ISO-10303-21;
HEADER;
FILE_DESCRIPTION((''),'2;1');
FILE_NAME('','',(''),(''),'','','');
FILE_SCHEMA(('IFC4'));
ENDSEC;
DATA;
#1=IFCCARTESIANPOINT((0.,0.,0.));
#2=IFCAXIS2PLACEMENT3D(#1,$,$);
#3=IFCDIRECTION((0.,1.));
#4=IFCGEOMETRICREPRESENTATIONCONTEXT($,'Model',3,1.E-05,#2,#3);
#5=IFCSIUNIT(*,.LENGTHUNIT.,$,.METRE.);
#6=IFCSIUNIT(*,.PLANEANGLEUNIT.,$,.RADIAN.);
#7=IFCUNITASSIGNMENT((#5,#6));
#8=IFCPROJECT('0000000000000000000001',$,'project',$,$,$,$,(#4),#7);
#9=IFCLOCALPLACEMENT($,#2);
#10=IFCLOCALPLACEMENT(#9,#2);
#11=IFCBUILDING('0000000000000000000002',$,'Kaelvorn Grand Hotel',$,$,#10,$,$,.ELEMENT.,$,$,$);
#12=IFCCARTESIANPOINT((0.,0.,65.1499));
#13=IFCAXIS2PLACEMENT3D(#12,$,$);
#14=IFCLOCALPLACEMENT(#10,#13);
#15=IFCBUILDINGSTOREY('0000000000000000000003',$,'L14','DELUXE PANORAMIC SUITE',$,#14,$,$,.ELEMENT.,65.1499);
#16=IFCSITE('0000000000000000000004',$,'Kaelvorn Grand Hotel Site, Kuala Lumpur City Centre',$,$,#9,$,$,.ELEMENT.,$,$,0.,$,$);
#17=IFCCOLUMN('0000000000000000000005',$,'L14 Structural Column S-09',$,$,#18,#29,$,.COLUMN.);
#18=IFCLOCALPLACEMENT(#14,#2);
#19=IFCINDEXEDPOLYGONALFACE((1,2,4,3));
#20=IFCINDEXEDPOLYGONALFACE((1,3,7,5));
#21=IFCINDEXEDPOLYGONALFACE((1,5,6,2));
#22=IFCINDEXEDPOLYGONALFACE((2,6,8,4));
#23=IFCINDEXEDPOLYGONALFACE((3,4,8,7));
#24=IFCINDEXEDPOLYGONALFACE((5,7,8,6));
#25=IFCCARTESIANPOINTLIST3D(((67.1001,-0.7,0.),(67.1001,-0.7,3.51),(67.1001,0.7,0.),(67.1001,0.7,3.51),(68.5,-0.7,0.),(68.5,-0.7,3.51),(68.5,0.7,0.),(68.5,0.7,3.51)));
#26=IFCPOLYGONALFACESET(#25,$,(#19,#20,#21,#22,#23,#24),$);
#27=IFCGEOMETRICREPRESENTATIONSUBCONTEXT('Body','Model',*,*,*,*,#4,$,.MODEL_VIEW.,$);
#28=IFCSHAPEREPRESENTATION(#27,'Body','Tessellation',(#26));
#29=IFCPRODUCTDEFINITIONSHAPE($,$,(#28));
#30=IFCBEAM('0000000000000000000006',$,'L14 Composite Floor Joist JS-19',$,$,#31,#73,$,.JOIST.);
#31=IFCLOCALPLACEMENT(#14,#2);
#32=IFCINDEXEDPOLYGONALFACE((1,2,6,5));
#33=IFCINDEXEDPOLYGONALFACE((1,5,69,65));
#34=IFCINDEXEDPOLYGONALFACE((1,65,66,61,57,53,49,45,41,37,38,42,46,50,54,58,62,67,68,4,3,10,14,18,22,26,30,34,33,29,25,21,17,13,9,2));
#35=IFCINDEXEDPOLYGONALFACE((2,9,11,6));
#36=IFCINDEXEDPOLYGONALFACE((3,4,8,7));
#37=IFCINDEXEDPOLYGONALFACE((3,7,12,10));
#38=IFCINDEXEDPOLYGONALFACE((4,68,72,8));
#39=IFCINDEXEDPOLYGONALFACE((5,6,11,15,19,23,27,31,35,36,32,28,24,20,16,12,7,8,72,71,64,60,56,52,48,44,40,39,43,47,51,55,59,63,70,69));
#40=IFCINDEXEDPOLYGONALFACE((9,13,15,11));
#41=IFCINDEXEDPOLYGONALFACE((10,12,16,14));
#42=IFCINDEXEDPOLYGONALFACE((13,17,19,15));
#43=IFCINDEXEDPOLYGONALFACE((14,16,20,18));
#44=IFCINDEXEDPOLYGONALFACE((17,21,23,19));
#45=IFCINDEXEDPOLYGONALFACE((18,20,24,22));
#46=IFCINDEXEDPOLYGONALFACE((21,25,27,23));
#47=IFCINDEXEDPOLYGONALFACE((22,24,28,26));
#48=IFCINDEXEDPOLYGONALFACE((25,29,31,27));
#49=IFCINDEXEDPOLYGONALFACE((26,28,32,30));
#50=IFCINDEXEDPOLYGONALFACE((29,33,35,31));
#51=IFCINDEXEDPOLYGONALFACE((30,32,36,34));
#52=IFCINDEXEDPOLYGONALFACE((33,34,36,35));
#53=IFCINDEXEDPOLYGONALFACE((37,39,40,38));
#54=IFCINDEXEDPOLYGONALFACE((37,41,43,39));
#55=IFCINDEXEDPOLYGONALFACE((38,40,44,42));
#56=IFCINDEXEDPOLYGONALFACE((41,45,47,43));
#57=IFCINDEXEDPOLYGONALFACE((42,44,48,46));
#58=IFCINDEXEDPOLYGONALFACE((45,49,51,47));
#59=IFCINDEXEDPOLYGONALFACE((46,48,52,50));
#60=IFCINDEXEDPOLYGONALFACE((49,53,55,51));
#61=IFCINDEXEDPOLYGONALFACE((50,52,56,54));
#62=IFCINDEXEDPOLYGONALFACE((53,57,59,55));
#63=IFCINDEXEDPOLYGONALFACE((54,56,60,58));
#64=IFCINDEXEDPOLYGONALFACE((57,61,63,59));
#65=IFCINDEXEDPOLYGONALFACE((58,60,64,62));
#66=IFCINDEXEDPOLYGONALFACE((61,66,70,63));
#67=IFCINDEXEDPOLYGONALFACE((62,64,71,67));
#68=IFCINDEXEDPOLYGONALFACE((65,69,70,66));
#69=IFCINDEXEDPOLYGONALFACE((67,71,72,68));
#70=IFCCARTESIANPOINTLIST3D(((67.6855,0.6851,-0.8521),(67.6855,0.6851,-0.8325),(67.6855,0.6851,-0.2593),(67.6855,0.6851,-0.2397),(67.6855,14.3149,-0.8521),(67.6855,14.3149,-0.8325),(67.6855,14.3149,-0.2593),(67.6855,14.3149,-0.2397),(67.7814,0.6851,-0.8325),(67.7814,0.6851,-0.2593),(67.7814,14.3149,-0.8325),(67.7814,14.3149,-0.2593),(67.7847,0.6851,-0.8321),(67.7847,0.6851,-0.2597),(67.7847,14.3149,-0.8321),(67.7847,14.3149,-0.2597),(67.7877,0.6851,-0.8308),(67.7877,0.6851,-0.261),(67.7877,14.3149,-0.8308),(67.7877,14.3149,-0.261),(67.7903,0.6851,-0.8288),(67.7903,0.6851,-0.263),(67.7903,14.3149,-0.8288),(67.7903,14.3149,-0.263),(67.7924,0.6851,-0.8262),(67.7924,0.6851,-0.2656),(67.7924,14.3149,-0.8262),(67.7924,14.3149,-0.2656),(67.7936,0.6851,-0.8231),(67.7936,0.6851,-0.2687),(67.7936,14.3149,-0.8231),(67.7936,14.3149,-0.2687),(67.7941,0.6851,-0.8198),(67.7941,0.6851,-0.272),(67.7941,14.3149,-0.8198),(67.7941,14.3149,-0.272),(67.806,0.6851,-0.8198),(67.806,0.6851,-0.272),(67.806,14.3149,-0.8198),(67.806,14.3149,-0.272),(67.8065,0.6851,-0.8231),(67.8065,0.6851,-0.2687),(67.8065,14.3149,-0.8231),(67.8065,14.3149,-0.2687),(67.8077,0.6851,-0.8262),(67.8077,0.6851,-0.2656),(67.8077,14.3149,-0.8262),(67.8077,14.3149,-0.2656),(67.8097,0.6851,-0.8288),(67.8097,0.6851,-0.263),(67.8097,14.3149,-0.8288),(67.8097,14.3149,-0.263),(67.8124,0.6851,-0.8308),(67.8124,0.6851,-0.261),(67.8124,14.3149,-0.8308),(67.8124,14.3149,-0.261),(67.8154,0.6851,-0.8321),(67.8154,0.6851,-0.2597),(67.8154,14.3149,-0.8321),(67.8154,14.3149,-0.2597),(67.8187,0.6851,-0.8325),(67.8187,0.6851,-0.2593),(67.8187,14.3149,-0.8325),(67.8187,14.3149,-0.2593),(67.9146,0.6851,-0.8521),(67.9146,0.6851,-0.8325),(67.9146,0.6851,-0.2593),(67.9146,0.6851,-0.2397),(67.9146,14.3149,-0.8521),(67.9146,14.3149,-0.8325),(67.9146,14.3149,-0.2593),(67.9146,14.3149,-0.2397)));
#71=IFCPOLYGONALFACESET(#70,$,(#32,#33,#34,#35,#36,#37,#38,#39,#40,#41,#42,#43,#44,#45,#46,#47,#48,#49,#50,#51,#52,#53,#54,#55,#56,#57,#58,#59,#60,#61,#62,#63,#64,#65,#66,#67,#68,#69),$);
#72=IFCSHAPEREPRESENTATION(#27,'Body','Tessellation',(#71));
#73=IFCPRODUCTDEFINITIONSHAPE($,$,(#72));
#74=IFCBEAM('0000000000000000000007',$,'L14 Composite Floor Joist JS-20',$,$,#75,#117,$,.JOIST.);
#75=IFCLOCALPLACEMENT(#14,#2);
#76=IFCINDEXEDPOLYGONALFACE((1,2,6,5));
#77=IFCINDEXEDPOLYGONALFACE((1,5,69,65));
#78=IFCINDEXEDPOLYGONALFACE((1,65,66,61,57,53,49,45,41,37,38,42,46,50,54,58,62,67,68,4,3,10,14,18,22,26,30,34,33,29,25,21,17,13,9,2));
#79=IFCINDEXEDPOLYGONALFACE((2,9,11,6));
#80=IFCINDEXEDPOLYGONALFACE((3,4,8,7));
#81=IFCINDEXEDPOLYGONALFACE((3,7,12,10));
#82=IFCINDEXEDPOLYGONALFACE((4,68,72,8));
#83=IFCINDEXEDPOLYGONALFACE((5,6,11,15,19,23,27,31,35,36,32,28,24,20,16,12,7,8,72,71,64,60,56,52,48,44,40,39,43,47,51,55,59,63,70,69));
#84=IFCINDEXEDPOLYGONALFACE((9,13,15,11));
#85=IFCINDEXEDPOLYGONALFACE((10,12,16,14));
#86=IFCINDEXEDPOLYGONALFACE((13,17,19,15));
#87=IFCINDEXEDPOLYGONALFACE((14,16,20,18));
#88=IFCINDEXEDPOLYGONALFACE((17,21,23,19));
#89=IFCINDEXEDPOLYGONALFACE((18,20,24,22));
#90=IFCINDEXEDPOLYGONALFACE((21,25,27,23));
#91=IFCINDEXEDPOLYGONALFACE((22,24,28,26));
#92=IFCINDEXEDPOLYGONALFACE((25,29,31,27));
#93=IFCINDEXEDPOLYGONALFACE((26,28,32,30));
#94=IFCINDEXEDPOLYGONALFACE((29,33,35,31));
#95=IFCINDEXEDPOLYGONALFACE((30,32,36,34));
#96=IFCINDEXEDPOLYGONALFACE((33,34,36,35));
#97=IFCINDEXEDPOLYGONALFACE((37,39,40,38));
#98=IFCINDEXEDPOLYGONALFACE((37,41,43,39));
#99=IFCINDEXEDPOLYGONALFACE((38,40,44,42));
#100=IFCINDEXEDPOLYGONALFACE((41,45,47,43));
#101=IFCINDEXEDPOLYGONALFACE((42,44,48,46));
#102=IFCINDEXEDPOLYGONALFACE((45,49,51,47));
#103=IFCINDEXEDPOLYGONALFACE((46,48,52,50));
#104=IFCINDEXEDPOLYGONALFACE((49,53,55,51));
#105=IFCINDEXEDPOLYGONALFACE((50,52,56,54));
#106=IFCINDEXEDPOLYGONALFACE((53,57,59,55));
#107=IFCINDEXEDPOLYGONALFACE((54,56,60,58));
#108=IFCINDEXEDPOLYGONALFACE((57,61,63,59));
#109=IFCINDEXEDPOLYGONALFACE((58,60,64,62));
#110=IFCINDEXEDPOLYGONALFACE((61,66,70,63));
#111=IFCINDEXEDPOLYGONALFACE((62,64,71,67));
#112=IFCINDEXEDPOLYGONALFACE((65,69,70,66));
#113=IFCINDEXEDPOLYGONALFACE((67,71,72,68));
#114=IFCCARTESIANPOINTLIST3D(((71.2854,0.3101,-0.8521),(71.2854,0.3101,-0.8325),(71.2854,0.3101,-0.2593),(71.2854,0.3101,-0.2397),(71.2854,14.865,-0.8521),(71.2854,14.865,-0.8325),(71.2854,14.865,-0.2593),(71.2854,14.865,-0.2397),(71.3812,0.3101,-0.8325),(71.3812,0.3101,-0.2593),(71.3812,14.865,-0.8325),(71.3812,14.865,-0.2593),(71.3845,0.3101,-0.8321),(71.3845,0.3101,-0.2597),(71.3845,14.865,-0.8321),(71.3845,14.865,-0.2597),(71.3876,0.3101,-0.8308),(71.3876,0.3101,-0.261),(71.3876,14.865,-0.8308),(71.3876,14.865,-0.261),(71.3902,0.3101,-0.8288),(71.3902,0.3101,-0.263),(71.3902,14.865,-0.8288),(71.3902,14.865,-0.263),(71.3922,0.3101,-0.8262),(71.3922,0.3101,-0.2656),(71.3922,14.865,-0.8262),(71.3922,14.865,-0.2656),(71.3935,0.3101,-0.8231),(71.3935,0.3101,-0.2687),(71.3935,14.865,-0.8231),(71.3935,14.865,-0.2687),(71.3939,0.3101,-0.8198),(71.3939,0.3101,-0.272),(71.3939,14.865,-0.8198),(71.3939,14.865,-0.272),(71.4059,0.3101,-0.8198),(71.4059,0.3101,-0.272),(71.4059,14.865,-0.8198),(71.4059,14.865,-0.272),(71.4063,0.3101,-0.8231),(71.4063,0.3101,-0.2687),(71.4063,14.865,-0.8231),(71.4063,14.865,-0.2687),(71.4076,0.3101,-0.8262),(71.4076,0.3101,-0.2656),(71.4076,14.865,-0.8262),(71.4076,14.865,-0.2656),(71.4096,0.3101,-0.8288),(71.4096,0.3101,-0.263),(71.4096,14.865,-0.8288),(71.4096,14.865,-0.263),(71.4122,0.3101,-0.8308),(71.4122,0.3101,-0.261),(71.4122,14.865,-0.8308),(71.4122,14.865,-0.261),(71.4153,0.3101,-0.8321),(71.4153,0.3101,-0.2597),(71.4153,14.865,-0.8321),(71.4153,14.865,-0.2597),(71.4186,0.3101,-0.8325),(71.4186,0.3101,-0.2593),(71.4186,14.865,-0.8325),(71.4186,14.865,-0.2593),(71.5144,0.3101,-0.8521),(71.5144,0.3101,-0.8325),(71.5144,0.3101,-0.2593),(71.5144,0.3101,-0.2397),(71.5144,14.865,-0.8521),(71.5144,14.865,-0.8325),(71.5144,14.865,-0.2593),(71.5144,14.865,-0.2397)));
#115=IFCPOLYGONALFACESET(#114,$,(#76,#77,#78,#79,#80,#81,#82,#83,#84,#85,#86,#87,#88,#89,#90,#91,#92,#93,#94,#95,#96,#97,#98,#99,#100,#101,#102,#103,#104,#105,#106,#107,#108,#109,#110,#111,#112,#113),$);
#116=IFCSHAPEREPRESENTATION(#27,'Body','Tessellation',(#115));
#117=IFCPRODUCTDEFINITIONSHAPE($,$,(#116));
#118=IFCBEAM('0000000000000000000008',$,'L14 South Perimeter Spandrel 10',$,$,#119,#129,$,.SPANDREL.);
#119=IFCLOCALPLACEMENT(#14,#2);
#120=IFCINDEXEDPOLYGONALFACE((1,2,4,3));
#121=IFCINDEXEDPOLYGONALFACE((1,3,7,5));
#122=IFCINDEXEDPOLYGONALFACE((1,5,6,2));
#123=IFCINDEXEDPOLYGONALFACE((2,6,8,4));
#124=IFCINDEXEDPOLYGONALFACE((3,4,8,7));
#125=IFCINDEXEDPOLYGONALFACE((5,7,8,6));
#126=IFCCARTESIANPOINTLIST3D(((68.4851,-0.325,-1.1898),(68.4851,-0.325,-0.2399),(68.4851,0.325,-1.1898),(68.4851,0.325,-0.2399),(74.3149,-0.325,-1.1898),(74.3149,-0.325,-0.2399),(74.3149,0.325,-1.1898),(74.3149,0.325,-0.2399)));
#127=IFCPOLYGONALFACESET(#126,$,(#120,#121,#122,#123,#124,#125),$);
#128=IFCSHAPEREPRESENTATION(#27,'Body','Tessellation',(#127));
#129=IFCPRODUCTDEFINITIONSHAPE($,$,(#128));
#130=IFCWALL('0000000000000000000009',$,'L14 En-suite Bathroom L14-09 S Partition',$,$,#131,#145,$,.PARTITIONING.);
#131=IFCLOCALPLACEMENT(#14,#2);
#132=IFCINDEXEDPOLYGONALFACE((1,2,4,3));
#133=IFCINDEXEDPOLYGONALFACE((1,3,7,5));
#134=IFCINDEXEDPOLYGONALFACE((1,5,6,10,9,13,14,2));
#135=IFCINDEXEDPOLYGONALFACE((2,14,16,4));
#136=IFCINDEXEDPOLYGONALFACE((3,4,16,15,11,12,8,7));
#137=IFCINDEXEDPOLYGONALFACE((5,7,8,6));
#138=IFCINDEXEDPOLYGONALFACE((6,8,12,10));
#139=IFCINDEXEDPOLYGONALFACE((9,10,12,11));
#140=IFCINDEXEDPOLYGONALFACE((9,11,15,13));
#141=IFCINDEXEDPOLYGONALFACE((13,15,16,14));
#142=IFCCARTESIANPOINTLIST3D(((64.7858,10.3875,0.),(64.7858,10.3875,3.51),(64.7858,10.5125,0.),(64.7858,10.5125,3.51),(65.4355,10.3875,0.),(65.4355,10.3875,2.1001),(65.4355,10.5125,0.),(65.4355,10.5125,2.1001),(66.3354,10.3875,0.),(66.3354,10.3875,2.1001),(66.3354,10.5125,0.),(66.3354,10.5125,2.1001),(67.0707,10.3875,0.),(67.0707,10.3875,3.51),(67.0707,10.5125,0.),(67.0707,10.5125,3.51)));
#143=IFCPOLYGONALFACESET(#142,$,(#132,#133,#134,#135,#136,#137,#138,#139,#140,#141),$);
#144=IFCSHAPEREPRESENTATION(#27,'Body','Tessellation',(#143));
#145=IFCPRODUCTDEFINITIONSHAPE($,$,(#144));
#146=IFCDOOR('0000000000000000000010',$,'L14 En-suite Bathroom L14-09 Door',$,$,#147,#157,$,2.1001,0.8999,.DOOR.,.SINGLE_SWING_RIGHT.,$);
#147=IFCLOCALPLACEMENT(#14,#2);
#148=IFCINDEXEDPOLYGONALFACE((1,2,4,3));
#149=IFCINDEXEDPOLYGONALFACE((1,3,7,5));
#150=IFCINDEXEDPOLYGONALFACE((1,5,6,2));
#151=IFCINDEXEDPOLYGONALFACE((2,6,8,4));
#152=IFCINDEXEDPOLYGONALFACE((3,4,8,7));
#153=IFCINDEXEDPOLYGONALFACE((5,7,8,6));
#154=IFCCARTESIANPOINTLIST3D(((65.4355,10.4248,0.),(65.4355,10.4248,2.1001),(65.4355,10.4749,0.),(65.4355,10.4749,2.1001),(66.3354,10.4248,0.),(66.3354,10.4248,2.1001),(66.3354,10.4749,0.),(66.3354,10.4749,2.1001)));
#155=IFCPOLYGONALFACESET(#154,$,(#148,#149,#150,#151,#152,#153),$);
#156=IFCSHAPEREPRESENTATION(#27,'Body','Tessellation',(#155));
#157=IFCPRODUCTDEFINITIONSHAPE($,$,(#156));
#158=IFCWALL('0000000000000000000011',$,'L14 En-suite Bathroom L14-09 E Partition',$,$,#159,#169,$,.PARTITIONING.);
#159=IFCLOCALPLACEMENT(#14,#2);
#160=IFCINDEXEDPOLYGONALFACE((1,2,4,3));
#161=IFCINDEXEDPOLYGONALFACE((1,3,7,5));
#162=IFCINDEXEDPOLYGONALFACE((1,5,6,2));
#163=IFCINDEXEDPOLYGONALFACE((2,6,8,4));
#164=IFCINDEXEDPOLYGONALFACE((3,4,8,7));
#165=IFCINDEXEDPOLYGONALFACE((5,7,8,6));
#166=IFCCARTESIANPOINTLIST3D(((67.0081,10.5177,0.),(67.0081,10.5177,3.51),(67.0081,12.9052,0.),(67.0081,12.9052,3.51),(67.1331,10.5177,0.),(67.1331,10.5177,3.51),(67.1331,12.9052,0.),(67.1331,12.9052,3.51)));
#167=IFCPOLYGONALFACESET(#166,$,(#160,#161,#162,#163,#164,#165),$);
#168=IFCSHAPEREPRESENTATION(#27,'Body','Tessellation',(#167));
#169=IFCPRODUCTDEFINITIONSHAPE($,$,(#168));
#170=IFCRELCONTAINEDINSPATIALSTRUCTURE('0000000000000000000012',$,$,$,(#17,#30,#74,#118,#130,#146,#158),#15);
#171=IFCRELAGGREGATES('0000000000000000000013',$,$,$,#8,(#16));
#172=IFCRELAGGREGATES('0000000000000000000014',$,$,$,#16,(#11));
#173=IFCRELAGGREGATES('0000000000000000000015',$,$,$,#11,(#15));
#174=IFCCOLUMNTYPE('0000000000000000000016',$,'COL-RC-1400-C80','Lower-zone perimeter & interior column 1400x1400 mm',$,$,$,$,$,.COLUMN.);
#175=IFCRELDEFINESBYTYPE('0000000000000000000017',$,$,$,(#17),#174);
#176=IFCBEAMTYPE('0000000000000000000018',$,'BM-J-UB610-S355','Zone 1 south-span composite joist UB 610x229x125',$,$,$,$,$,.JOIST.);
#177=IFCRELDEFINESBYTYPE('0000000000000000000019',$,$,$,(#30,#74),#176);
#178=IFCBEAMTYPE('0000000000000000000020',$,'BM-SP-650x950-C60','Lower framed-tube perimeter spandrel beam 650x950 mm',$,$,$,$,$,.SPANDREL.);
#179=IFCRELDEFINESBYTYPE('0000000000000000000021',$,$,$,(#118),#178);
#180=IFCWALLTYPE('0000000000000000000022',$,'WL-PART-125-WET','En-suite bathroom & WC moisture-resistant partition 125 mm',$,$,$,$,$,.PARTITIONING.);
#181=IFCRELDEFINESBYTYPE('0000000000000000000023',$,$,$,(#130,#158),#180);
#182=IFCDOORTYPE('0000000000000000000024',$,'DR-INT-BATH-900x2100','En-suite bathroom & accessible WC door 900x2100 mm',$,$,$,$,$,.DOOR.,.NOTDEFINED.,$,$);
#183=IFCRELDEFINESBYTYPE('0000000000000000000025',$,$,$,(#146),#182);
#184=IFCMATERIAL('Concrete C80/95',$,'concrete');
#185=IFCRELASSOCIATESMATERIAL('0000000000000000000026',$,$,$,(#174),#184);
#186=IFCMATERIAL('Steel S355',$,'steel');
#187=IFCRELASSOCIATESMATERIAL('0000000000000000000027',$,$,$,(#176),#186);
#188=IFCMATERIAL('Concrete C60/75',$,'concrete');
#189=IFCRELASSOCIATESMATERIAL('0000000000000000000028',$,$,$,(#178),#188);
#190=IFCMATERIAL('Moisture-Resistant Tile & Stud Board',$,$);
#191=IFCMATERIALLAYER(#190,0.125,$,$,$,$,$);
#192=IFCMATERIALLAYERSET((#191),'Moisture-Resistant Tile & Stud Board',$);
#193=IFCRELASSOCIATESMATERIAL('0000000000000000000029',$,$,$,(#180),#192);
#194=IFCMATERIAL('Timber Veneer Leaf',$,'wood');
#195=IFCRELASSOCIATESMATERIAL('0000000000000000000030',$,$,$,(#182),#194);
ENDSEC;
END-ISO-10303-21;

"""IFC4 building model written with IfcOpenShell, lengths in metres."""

from ifc_helpers import new_model, si_unit, direction, frame, frame_2d, origin, origin_2d, place, context, subcontext, project, spatial, rectangle, i_section, extrude, material, layer, layer_set, material_profile, profile_set, type_object, element, fill, save


model = new_model("IFC4")

# Units and contexts
model_context = context("Model", 3, precision=1e-05, world=origin(), true_north=direction((0.0, 1.0)))
body_context = subcontext(model_context, "Body", "Model", "MODEL_VIEW")
ifc_project = project(units=[si_unit("LENGTHUNIT", "METRE"), si_unit("PLANEANGLEUNIT", "RADIAN")], contexts=[model_context])

# Site, building, storey
site_placement = place(None, origin())
site = spatial("IfcSite", under=ifc_project, at=site_placement, Name="Kaelvorn Grand Hotel Site, Kuala Lumpur City Centre", CompositionType="ELEMENT", RefElevation=0.0)
building_placement = place(site_placement, origin())
building = spatial("IfcBuilding", under=site, at=building_placement, Name="Kaelvorn Grand Hotel", CompositionType="ELEMENT")
storey_placement = place(building_placement, frame((0.0, 0.0, 65.1499)))
storey = spatial("IfcBuildingStorey", under=building, at=storey_placement, Name="L14", Description="DELUXE PANORAMIC SUITE", CompositionType="ELEMENT", Elevation=65.1499)

# Column
ifc_material_1 = material(Name="Concrete C80/95", Category="concrete")
ifc_material_profile_1 = material_profile(ifc_material_1, rectangle(XDim=1.3999, YDim=1.3999, at=origin_2d()), Name="RC COL 1400x1400")
ifc_profile_set_1 = profile_set([ifc_material_profile_1], Name="Concrete C80/95")
column_type = type_object("IfcColumnType", Name="COL-RC-1400-C80", Description="Lower-zone perimeter & interior column 1400x1400 mm", PredefinedType="COLUMN", material=ifc_profile_set_1)
column_placement = place(storey_placement, frame((67.8, 0.0, 0.0), z_axis=(0.0, 0.0, 1.0), x_axis=(1.0, 0.0, 0.0)))
element("IfcColumn", 1, at=column_placement, inside=storey, type_object=column_type, Name="L14 Structural Column S-09", PredefinedType="COLUMN", context=body_context, shape_type="SweptSolid", body=[
    extrude(rectangle(XDim=1.3999, YDim=1.3999, at=origin_2d()), origin(), (0.0, 0.0, 1.0), 3.51),
])

# Beams
ifc_material_2 = material(Name="Steel S355", Category="steel")
ifc_material_profile_2 = material_profile(ifc_material_2, i_section(OverallWidth=0.229, OverallDepth=0.6123, WebThickness=0.012, FlangeThickness=0.0195, FilletRadius=0.0127, at=origin_2d()), Name="UB 610x229x125")
ifc_profile_set_2 = profile_set([ifc_material_profile_2], Name="Steel S355")
beam_type_1 = type_object("IfcBeamType", Name="BM-J-UB610-S355", Description="Zone 1 south-span composite joist UB 610x229x125", PredefinedType="JOIST", material=ifc_profile_set_2)
beam_1_placement = place(storey_placement, frame((67.8, 0.6851, -0.5459), z_axis=(0.0, 1.0, 0.0), x_axis=(-1.0, 0.0, 0.0)))
element("IfcBeam", 2, at=beam_1_placement, inside=storey, type_object=beam_type_1, Name="L14 Composite Floor Joist JS-19", PredefinedType="JOIST", context=body_context, shape_type="SweptSolid", body=[
    extrude(i_section(OverallWidth=0.229, OverallDepth=0.6123, WebThickness=0.012, FlangeThickness=0.0195, FilletRadius=0.0127, at=origin_2d()), origin(), (0.0, 0.0, 1.0), 13.6299),
])
beam_2_placement = place(storey_placement, frame((71.3999, 0.3101, -0.5459), z_axis=(0.0, 1.0, 0.0), x_axis=(-1.0, 0.0, 0.0)))
element("IfcBeam", 3, at=beam_2_placement, inside=storey, type_object=beam_type_1, Name="L14 Composite Floor Joist JS-20", PredefinedType="JOIST", context=body_context, shape_type="SweptSolid", body=[
    extrude(i_section(OverallWidth=0.229, OverallDepth=0.6123, WebThickness=0.012, FlangeThickness=0.0195, FilletRadius=0.0127, at=origin_2d()), origin(), (0.0, 0.0, 1.0), 14.5549),
])
ifc_material_3 = material(Name="Concrete C60/75", Category="concrete")
ifc_material_profile_3 = material_profile(ifc_material_3, rectangle(XDim=0.6499, YDim=0.95, at=origin_2d()), Name="RC SPANDREL 650x950")
ifc_profile_set_3 = profile_set([ifc_material_profile_3], Name="Concrete C60/75")
beam_type_2 = type_object("IfcBeamType", Name="BM-SP-650x950-C60", Description="Lower framed-tube perimeter spandrel beam 650x950 mm", PredefinedType="SPANDREL", material=ifc_profile_set_3)
beam_3_placement = place(storey_placement, frame((68.4851, 0.0, -0.7148), z_axis=(1.0, 0.0, 0.0), x_axis=(0.0, 1.0, 0.0)))
element("IfcBeam", 4, at=beam_3_placement, inside=storey, type_object=beam_type_2, Name="L14 South Perimeter Spandrel 10", PredefinedType="SPANDREL", context=body_context, shape_type="SweptSolid", body=[
    extrude(rectangle(XDim=0.6499, YDim=0.95, at=origin_2d()), origin(), (0.0, 0.0, 1.0), 5.8298),
])

# Wall, opening, door
ifc_material_4 = material(Name="Moisture-Resistant Tile & Stud Board")
ifc_layer_1 = layer(ifc_material_4, 0.125)
ifc_layer_set_1 = layer_set([ifc_layer_1], Name="Moisture-Resistant Tile & Stud Board")
wall_type_1 = type_object("IfcWallType", Name="WL-PART-125-WET", Description="En-suite bathroom & WC moisture-resistant partition 125 mm", PredefinedType="PARTITIONING", material=ifc_layer_set_1)
wall_1_placement = place(storey_placement, frame((64.7856, 10.45, 0.0), z_axis=(0.0, 0.0, 1.0), x_axis=(1.0, 0.0, 0.0)))
wall_1 = element("IfcWall", 5, at=wall_1_placement, inside=storey, type_object=wall_type_1, Name="L14 En-suite Bathroom L14-09 S Partition", PredefinedType="PARTITIONING", context=body_context, shape_type="SweptSolid", body=[
    extrude(rectangle(XDim=2.2849, YDim=0.125, at=frame_2d((1.1426, 0.0))), origin(), (0.0, 0.0, 1.0), 3.51),
])
opening_1_placement = place(wall_1_placement, frame((0.6499, 0.0, 0.0)))
opening_1 = element("IfcOpeningElement", 6, at=opening_1_placement, cuts=wall_1, PredefinedType="OPENING", context=body_context, shape_type="SweptSolid", body=[
    extrude(rectangle(XDim=0.8999, YDim=2.1001, at=frame_2d((0.45, 1.05))), frame((0.0, 0.0725, 0.0), z_axis=(0.0, -1.0, 0.0), x_axis=(1.0, 0.0, 0.0)), (0.0, 0.0, 1.0), 0.145),
])
ifc_material_5 = material(Name="Timber Veneer Leaf", Category="wood")
door_type_1 = type_object("IfcDoorType", Name="DR-INT-BATH-900x2100", Description="En-suite bathroom & accessible WC door 900x2100 mm", OperationType="NOTDEFINED", PredefinedType="DOOR", material=ifc_material_5)
door_1_placement = place(opening_1_placement, origin())
door_1 = element("IfcDoor", 7, at=door_1_placement, inside=storey, type_object=door_type_1, Name="L14 En-suite Bathroom L14-09 Door", OperationType="SINGLE_SWING_RIGHT", OverallHeight=2.1001, OverallWidth=0.8999, PredefinedType="DOOR", context=body_context, shape_type="SweptSolid", body=[
    extrude(rectangle(XDim=0.8999, YDim=2.1001, at=frame_2d((0.45, 1.05))), frame((0.0, 0.0249, 0.0), z_axis=(0.0, -1.0, 0.0), x_axis=(1.0, 0.0, 0.0)), (0.0, 0.0, 1.0), 0.05),
])
fill(opening_1, door_1)

# Wall
wall_2_placement = place(storey_placement, frame((67.0706, 10.5176, 0.0), z_axis=(0.0, 0.0, 1.0), x_axis=(0.0, 1.0, 0.0)))
element("IfcWall", 8, at=wall_2_placement, inside=storey, type_object=wall_type_1, Name="L14 En-suite Bathroom L14-09 E Partition", PredefinedType="PARTITIONING", context=body_context, shape_type="SweptSolid", body=[
    extrude(rectangle(XDim=2.3875, YDim=0.125, at=frame_2d((1.1938, 0.0))), origin(), (0.0, 0.0, 1.0), 3.51),
])

save(model, "model.ifc")
